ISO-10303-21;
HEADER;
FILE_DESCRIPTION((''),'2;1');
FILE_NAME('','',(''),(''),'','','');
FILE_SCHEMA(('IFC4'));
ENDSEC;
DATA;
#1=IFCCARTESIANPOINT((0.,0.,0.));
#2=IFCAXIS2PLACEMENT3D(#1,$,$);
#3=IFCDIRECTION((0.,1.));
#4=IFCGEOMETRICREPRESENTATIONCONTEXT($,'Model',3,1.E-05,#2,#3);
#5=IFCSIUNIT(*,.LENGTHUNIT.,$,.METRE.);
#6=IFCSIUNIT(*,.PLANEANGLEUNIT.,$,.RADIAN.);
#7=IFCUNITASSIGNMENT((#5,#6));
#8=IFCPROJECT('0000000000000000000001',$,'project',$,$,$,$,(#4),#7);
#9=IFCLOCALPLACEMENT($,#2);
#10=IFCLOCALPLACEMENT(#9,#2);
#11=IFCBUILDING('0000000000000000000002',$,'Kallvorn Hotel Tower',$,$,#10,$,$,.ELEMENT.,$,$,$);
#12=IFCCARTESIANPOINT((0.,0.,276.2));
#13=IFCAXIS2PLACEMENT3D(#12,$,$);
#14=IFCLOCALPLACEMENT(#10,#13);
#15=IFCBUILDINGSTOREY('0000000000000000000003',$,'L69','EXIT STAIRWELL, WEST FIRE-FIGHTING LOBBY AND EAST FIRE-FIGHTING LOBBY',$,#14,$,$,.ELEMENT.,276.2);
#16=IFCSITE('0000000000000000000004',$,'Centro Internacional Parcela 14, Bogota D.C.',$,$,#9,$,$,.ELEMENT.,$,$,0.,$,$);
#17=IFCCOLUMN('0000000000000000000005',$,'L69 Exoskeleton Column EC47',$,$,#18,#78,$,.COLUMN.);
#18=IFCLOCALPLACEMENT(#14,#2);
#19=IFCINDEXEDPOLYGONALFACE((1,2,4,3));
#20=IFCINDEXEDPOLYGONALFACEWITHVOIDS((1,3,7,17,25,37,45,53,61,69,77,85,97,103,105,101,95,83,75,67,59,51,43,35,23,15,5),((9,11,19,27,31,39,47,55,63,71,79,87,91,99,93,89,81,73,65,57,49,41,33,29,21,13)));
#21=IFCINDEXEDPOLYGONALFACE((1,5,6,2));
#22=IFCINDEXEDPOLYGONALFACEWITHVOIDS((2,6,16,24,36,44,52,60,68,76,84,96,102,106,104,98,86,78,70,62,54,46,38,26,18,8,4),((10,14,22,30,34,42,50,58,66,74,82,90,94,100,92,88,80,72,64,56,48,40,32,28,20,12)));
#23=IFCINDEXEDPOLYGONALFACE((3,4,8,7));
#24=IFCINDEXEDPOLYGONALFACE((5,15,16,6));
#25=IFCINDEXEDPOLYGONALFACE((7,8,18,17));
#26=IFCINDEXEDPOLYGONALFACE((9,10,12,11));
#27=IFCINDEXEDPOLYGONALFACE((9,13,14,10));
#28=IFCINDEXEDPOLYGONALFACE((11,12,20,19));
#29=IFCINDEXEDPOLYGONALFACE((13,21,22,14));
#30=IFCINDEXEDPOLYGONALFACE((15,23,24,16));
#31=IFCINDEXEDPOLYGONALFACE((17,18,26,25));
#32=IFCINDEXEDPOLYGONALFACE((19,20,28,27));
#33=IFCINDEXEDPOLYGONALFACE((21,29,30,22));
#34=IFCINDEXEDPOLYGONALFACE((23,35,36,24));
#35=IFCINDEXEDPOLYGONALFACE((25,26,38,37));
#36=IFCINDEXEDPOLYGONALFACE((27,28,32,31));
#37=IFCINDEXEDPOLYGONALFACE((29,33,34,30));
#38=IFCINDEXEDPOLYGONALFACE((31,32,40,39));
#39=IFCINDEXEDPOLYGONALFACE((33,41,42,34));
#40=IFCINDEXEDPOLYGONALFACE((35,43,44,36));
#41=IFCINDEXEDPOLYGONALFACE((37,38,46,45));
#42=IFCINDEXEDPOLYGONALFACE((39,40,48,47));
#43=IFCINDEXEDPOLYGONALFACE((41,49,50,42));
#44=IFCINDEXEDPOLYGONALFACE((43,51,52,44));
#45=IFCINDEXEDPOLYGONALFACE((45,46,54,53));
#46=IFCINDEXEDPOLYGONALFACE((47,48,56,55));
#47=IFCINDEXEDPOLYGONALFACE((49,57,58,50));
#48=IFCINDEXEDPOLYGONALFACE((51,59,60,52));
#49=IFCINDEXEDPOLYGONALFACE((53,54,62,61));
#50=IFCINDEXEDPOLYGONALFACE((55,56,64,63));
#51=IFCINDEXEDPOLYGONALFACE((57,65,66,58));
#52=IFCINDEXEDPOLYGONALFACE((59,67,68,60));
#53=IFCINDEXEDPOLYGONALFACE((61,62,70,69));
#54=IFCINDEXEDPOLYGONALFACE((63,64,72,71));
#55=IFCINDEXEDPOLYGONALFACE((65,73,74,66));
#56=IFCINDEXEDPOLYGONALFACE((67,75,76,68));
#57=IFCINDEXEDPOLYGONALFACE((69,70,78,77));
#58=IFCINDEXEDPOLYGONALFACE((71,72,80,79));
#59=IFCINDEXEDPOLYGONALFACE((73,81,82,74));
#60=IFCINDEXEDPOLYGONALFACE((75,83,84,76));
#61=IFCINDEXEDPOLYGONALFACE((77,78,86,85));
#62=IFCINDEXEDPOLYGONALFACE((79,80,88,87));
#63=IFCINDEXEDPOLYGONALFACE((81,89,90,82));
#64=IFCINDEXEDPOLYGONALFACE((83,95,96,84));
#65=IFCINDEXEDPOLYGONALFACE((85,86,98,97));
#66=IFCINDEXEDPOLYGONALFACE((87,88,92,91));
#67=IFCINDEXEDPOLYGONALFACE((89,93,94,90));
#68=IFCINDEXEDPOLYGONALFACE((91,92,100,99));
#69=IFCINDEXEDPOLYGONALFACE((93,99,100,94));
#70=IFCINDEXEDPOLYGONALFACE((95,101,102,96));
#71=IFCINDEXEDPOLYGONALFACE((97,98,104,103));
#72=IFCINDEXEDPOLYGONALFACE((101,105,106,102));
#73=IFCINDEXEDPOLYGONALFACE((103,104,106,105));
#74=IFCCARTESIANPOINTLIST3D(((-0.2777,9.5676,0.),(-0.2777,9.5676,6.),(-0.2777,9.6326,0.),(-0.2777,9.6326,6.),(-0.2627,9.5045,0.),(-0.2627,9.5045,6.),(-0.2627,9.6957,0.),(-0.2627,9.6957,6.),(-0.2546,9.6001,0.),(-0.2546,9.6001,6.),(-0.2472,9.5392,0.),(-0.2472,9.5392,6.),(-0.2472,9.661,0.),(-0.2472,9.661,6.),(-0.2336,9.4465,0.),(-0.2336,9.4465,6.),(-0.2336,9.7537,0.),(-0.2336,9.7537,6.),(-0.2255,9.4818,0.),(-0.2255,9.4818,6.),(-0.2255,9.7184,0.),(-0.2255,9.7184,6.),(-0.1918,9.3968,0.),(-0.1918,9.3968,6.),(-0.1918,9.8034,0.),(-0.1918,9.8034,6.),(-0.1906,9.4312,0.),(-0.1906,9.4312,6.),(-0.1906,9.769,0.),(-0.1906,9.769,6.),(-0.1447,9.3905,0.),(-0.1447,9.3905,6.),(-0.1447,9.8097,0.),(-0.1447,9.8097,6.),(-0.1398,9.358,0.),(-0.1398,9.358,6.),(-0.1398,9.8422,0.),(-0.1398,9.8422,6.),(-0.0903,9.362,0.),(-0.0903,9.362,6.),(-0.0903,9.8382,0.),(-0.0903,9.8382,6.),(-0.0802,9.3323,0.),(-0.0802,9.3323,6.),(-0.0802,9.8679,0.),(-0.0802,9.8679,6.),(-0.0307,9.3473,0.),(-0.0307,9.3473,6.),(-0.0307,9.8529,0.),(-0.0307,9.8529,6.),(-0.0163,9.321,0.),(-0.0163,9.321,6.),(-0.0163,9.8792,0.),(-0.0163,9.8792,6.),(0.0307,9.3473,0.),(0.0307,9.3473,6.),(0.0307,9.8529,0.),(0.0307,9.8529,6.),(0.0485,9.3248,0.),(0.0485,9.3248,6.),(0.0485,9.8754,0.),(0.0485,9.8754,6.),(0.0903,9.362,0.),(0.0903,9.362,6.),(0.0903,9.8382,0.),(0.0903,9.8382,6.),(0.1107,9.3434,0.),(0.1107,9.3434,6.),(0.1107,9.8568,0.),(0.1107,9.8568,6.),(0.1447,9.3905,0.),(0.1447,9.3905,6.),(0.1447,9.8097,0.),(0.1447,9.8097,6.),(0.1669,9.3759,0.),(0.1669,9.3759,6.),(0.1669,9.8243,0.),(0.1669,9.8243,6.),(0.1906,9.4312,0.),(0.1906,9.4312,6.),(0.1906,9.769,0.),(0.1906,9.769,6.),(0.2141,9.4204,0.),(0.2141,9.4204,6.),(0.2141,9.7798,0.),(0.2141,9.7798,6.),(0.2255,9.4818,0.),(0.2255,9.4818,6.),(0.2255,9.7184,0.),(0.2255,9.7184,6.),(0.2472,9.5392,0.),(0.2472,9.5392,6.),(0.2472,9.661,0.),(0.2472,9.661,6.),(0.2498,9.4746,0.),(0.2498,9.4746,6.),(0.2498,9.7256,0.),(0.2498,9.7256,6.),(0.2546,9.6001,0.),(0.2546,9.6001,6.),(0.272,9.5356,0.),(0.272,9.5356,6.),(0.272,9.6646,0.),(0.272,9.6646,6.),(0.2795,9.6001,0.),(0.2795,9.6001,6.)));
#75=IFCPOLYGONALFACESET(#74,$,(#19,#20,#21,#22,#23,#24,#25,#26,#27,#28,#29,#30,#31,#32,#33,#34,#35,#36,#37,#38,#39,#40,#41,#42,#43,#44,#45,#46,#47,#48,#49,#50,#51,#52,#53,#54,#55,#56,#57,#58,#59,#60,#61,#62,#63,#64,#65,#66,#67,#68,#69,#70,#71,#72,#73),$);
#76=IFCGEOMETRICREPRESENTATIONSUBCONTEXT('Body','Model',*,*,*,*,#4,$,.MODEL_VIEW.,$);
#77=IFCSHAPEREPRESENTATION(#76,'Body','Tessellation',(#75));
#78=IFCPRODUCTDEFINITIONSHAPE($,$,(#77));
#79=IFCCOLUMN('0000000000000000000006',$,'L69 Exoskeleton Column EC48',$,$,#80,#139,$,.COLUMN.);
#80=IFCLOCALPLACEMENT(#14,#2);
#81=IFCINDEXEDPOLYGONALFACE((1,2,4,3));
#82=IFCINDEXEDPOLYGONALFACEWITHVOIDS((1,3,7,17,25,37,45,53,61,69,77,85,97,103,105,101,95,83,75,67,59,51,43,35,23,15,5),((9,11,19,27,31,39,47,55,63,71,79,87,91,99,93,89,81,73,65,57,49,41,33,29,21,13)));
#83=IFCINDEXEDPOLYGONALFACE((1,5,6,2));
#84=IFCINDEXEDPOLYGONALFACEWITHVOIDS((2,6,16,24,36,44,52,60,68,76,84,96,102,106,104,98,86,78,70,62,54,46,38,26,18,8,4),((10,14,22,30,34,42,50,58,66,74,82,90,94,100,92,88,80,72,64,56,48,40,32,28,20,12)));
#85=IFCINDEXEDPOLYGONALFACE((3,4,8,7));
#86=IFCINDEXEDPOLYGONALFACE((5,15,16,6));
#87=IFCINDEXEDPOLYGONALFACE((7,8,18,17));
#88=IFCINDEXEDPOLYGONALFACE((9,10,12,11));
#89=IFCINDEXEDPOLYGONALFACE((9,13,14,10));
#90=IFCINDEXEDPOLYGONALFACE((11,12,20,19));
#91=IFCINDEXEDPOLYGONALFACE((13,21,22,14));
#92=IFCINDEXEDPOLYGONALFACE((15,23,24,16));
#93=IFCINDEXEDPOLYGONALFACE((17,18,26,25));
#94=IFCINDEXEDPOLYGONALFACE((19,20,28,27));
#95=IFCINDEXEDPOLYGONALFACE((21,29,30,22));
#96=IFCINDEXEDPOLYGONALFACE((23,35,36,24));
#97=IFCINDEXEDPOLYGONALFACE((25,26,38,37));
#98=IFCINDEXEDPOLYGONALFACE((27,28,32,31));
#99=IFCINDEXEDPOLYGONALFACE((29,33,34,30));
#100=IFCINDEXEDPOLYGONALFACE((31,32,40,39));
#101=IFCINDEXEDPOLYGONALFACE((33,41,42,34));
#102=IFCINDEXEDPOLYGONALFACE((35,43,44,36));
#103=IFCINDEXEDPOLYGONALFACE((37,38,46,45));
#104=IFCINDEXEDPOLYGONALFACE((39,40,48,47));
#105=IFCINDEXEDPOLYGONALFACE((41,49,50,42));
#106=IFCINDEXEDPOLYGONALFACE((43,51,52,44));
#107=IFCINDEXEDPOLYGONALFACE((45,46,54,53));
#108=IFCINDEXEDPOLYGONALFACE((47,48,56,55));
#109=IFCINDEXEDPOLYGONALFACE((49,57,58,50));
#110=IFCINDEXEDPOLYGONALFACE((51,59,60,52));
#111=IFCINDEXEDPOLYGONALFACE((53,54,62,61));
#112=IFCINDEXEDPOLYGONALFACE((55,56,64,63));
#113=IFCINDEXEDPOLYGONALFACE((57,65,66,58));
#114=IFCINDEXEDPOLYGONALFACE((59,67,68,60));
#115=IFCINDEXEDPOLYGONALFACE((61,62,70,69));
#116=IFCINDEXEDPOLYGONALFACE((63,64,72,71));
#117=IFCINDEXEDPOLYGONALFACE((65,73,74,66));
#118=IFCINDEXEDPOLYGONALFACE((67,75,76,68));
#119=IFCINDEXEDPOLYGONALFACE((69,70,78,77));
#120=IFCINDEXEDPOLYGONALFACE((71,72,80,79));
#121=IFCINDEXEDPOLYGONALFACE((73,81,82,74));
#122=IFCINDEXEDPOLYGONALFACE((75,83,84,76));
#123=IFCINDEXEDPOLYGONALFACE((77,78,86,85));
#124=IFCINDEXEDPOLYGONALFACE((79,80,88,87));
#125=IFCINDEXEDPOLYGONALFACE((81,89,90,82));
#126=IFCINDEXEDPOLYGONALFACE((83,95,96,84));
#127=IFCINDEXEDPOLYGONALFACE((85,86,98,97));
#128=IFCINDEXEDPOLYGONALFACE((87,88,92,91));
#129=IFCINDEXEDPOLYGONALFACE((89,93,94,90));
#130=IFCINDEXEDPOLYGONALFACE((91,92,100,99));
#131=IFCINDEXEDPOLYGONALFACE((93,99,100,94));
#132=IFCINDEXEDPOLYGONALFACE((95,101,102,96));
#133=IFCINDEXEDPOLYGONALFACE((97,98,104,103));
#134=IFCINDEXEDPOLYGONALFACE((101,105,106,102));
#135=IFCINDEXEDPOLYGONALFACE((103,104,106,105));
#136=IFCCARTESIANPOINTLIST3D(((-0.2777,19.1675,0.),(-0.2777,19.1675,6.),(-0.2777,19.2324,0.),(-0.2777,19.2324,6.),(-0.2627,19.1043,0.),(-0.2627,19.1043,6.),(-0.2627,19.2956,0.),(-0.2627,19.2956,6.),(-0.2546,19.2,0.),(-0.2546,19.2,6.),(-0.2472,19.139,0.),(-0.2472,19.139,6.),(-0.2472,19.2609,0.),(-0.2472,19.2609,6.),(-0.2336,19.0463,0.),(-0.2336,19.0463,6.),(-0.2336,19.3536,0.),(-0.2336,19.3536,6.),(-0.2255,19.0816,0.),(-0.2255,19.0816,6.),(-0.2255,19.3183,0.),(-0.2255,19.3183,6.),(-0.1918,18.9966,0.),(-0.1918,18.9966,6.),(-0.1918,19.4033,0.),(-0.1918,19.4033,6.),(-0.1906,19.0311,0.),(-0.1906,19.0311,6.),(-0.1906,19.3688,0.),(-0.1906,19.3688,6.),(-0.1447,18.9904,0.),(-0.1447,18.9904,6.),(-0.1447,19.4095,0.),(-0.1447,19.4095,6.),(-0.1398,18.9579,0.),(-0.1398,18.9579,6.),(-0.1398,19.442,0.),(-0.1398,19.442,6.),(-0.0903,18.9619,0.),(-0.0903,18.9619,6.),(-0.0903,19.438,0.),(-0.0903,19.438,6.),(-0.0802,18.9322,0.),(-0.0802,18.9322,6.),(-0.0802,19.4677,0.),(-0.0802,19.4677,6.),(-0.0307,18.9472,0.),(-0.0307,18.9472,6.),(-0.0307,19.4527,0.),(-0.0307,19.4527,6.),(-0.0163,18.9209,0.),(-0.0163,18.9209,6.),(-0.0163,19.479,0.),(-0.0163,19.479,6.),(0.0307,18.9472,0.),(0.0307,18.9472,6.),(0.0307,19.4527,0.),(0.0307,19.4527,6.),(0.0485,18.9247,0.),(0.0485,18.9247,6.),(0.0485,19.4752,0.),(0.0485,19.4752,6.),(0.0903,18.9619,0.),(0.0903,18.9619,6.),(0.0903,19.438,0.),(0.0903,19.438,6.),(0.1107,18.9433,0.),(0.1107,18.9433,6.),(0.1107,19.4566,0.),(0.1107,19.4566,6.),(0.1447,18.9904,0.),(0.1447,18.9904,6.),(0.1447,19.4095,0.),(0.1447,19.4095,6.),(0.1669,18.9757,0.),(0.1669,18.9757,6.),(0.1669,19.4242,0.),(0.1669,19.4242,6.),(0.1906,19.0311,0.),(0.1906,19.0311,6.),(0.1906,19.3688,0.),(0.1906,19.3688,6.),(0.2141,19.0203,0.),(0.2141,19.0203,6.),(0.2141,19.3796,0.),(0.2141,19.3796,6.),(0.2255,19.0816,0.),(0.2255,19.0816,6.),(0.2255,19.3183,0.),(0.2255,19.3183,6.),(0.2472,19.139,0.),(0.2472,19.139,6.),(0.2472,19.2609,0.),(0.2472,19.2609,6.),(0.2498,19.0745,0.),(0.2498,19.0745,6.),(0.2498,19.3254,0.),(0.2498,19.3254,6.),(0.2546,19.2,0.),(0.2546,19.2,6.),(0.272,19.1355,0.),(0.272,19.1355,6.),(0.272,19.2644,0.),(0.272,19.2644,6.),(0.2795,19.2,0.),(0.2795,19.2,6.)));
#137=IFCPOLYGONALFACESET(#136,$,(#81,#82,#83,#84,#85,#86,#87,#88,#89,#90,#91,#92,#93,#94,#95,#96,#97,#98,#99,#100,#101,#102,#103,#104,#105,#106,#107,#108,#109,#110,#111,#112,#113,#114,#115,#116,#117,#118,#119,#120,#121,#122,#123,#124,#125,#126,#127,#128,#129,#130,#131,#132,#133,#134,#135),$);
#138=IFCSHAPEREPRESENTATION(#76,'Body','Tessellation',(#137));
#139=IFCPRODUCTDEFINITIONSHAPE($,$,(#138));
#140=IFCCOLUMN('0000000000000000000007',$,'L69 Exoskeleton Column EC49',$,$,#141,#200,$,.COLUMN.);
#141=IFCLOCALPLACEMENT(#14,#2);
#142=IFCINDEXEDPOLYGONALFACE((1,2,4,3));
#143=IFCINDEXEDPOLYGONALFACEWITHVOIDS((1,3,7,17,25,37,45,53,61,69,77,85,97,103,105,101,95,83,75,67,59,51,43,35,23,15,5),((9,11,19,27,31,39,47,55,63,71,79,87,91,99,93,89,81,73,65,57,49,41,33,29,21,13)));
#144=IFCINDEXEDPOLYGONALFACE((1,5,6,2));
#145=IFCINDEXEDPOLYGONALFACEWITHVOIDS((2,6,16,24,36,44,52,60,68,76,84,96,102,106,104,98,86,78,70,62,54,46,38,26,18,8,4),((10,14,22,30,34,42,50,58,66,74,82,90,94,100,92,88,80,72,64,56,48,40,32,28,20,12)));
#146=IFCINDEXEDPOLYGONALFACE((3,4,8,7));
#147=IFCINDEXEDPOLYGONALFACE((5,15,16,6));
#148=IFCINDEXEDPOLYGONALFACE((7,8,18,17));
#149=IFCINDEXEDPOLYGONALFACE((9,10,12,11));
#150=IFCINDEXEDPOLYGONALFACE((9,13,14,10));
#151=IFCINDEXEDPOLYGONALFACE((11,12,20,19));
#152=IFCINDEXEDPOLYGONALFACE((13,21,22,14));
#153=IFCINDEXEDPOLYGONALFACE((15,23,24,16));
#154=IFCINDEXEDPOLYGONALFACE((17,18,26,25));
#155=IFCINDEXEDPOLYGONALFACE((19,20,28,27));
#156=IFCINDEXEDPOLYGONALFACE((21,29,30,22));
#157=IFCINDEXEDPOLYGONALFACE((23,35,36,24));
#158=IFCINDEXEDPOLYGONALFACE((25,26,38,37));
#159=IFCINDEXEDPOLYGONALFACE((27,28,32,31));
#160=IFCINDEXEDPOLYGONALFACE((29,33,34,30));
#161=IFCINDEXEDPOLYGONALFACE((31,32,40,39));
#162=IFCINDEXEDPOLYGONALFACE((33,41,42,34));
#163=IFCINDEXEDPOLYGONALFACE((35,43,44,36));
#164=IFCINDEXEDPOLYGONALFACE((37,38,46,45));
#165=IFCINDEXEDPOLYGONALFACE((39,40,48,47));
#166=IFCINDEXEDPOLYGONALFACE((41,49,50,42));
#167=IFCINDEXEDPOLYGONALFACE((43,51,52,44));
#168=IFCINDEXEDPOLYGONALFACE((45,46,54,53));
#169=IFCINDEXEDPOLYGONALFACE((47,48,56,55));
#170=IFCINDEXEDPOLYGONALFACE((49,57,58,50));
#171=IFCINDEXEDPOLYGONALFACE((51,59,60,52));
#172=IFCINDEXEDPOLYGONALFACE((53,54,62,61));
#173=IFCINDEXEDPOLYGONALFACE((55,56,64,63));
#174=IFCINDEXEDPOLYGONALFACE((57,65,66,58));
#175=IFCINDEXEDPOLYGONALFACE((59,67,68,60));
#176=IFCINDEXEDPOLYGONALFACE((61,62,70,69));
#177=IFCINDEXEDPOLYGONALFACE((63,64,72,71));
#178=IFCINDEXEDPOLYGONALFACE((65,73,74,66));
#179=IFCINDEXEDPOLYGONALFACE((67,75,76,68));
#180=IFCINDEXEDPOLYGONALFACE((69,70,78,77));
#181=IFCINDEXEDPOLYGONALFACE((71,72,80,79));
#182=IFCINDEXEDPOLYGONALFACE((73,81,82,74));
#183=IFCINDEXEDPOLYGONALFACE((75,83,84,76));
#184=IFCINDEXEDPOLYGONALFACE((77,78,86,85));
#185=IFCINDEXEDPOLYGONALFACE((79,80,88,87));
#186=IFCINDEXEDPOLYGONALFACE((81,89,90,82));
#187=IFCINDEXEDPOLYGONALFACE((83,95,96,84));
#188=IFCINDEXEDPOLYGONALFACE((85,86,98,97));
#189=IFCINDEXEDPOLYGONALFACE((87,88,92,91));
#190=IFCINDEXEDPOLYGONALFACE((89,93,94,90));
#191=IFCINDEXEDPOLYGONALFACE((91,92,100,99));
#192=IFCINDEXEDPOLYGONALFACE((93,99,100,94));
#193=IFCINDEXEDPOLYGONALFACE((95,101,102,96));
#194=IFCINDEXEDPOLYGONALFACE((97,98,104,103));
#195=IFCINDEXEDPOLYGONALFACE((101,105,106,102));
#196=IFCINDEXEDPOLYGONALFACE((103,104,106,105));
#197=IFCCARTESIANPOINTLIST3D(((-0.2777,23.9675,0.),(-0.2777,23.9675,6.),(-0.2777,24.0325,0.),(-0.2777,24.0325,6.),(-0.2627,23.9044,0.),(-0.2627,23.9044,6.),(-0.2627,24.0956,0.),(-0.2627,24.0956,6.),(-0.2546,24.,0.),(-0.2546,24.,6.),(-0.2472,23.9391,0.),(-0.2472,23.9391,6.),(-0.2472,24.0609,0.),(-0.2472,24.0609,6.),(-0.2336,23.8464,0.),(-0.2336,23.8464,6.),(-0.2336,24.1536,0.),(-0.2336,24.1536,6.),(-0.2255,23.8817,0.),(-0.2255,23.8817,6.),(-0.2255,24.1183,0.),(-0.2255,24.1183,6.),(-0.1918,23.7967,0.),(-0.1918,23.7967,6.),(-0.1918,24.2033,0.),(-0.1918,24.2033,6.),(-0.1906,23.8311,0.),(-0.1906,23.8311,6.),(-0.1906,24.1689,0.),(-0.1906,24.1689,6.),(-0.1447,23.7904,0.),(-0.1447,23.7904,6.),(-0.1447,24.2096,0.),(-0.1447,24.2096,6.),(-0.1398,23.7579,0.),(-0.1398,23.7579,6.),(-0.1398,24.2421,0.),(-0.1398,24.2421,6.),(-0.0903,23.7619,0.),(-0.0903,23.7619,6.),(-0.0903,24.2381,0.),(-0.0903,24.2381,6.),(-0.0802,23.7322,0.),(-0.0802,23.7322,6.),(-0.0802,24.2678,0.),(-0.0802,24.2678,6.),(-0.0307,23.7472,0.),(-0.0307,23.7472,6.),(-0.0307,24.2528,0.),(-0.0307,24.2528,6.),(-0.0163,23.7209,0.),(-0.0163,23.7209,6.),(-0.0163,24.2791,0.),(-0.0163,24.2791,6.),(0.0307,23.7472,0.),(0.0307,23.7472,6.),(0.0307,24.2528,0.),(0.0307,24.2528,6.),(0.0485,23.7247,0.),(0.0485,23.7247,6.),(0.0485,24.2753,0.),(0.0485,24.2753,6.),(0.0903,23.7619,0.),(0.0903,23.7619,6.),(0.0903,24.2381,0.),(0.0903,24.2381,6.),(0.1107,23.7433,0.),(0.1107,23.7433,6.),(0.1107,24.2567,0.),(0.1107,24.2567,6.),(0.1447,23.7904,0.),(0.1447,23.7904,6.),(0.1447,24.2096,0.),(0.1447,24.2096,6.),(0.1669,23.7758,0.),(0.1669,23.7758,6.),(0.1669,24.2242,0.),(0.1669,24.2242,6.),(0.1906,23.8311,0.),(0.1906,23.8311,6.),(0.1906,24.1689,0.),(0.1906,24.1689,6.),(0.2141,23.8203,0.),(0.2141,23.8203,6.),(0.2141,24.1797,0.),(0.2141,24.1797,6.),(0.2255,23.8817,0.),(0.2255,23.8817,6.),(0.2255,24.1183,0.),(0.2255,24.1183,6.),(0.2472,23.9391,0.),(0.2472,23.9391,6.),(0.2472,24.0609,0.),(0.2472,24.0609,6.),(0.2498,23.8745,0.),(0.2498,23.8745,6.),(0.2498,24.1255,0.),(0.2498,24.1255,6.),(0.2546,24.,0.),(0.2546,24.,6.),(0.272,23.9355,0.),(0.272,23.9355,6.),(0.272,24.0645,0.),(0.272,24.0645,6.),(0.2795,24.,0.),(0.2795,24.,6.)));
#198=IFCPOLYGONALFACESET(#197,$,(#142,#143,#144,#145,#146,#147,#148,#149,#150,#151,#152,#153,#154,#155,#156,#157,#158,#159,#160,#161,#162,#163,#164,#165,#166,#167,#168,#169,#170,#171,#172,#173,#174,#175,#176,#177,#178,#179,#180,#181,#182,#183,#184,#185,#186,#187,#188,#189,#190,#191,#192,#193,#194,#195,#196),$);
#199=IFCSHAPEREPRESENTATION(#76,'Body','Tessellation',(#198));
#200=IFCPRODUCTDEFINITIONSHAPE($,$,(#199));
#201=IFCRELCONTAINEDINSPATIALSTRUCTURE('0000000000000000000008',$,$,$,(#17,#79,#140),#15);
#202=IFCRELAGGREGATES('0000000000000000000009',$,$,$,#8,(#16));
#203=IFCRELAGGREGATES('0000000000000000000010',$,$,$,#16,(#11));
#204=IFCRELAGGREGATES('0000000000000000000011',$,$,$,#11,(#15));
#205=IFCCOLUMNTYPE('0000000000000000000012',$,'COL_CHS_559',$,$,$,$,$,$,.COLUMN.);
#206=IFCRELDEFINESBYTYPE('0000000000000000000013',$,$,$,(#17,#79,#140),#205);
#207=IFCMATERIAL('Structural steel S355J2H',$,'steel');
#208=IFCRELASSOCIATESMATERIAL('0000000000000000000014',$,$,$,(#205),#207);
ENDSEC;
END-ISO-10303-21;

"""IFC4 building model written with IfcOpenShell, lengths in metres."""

from ifc_helpers import new_model, si_unit, direction, frame, origin, origin_2d, place, context, subcontext, project, spatial, hollow_circle, extrude, material, material_profile, profile_set, type_object, element, save


model = new_model("IFC4")

# Units and contexts
model_context = context("Model", 3, precision=1e-05, world=origin(), true_north=direction((0.0, 1.0)))
body_context = subcontext(model_context, "Body", "Model", "MODEL_VIEW")
ifc_project = project(units=[si_unit("LENGTHUNIT", "METRE"), si_unit("PLANEANGLEUNIT", "RADIAN")], contexts=[model_context])

# Site, building, storey
site_placement = place(None, origin())
site = spatial("IfcSite", under=ifc_project, at=site_placement, Name="Centro Internacional Parcela 14, Bogota D.C.", CompositionType="ELEMENT", RefElevation=0.0)
building_placement = place(site_placement, origin())
building = spatial("IfcBuilding", under=site, at=building_placement, Name="Kallvorn Hotel Tower", CompositionType="ELEMENT")
storey_placement = place(building_placement, frame((0.0, 0.0, 276.2)))
storey = spatial("IfcBuildingStorey", under=building, at=storey_placement, Name="L69", Description="EXIT STAIRWELL, WEST FIRE-FIGHTING LOBBY AND EAST FIRE-FIGHTING LOBBY", CompositionType="ELEMENT", Elevation=276.2)

# Columns
ifc_material_1 = material(Name="Structural steel S355J2H", Category="steel")
ifc_material_profile_1 = material_profile(ifc_material_1, hollow_circle(Radius=0.2795, WallThickness=0.0249, at=origin_2d()), Name="CHS 559x25")
ifc_profile_set_1 = profile_set([ifc_material_profile_1], Name="Structural steel S355J2H")
column_type_1 = type_object("IfcColumnType", Name="COL_CHS_559", PredefinedType="COLUMN", material=ifc_profile_set_1)
for number, where, z_axis, x_axis, name in (
    (1, (0.0, 9.6001, 0.0), (0.0, 0.0, 1.0), (1.0, 0.0, 0.0), "L69 Exoskeleton Column EC47"),
    (2, (0.0, 19.2, 0.0), (0.0, 0.0, 1.0), (1.0, 0.0, 0.0), "L69 Exoskeleton Column EC48"),
    (3, (0.0, 24.0, 0.0), (0.0, 0.0, 1.0), (1.0, 0.0, 0.0), "L69 Exoskeleton Column EC49"),
):
    element("IfcColumn", number, at=place(storey_placement, frame(where, z_axis=z_axis, x_axis=x_axis)), inside=storey, type_object=column_type_1, Name=name, PredefinedType="COLUMN", context=body_context, shape_type="SweptSolid", body=[
        extrude(hollow_circle(Radius=0.2795, WallThickness=0.0249, at=origin_2d()), origin(), (0.0, 0.0, 1.0), 6.0),
    ])

save(model, "model.ifc")
